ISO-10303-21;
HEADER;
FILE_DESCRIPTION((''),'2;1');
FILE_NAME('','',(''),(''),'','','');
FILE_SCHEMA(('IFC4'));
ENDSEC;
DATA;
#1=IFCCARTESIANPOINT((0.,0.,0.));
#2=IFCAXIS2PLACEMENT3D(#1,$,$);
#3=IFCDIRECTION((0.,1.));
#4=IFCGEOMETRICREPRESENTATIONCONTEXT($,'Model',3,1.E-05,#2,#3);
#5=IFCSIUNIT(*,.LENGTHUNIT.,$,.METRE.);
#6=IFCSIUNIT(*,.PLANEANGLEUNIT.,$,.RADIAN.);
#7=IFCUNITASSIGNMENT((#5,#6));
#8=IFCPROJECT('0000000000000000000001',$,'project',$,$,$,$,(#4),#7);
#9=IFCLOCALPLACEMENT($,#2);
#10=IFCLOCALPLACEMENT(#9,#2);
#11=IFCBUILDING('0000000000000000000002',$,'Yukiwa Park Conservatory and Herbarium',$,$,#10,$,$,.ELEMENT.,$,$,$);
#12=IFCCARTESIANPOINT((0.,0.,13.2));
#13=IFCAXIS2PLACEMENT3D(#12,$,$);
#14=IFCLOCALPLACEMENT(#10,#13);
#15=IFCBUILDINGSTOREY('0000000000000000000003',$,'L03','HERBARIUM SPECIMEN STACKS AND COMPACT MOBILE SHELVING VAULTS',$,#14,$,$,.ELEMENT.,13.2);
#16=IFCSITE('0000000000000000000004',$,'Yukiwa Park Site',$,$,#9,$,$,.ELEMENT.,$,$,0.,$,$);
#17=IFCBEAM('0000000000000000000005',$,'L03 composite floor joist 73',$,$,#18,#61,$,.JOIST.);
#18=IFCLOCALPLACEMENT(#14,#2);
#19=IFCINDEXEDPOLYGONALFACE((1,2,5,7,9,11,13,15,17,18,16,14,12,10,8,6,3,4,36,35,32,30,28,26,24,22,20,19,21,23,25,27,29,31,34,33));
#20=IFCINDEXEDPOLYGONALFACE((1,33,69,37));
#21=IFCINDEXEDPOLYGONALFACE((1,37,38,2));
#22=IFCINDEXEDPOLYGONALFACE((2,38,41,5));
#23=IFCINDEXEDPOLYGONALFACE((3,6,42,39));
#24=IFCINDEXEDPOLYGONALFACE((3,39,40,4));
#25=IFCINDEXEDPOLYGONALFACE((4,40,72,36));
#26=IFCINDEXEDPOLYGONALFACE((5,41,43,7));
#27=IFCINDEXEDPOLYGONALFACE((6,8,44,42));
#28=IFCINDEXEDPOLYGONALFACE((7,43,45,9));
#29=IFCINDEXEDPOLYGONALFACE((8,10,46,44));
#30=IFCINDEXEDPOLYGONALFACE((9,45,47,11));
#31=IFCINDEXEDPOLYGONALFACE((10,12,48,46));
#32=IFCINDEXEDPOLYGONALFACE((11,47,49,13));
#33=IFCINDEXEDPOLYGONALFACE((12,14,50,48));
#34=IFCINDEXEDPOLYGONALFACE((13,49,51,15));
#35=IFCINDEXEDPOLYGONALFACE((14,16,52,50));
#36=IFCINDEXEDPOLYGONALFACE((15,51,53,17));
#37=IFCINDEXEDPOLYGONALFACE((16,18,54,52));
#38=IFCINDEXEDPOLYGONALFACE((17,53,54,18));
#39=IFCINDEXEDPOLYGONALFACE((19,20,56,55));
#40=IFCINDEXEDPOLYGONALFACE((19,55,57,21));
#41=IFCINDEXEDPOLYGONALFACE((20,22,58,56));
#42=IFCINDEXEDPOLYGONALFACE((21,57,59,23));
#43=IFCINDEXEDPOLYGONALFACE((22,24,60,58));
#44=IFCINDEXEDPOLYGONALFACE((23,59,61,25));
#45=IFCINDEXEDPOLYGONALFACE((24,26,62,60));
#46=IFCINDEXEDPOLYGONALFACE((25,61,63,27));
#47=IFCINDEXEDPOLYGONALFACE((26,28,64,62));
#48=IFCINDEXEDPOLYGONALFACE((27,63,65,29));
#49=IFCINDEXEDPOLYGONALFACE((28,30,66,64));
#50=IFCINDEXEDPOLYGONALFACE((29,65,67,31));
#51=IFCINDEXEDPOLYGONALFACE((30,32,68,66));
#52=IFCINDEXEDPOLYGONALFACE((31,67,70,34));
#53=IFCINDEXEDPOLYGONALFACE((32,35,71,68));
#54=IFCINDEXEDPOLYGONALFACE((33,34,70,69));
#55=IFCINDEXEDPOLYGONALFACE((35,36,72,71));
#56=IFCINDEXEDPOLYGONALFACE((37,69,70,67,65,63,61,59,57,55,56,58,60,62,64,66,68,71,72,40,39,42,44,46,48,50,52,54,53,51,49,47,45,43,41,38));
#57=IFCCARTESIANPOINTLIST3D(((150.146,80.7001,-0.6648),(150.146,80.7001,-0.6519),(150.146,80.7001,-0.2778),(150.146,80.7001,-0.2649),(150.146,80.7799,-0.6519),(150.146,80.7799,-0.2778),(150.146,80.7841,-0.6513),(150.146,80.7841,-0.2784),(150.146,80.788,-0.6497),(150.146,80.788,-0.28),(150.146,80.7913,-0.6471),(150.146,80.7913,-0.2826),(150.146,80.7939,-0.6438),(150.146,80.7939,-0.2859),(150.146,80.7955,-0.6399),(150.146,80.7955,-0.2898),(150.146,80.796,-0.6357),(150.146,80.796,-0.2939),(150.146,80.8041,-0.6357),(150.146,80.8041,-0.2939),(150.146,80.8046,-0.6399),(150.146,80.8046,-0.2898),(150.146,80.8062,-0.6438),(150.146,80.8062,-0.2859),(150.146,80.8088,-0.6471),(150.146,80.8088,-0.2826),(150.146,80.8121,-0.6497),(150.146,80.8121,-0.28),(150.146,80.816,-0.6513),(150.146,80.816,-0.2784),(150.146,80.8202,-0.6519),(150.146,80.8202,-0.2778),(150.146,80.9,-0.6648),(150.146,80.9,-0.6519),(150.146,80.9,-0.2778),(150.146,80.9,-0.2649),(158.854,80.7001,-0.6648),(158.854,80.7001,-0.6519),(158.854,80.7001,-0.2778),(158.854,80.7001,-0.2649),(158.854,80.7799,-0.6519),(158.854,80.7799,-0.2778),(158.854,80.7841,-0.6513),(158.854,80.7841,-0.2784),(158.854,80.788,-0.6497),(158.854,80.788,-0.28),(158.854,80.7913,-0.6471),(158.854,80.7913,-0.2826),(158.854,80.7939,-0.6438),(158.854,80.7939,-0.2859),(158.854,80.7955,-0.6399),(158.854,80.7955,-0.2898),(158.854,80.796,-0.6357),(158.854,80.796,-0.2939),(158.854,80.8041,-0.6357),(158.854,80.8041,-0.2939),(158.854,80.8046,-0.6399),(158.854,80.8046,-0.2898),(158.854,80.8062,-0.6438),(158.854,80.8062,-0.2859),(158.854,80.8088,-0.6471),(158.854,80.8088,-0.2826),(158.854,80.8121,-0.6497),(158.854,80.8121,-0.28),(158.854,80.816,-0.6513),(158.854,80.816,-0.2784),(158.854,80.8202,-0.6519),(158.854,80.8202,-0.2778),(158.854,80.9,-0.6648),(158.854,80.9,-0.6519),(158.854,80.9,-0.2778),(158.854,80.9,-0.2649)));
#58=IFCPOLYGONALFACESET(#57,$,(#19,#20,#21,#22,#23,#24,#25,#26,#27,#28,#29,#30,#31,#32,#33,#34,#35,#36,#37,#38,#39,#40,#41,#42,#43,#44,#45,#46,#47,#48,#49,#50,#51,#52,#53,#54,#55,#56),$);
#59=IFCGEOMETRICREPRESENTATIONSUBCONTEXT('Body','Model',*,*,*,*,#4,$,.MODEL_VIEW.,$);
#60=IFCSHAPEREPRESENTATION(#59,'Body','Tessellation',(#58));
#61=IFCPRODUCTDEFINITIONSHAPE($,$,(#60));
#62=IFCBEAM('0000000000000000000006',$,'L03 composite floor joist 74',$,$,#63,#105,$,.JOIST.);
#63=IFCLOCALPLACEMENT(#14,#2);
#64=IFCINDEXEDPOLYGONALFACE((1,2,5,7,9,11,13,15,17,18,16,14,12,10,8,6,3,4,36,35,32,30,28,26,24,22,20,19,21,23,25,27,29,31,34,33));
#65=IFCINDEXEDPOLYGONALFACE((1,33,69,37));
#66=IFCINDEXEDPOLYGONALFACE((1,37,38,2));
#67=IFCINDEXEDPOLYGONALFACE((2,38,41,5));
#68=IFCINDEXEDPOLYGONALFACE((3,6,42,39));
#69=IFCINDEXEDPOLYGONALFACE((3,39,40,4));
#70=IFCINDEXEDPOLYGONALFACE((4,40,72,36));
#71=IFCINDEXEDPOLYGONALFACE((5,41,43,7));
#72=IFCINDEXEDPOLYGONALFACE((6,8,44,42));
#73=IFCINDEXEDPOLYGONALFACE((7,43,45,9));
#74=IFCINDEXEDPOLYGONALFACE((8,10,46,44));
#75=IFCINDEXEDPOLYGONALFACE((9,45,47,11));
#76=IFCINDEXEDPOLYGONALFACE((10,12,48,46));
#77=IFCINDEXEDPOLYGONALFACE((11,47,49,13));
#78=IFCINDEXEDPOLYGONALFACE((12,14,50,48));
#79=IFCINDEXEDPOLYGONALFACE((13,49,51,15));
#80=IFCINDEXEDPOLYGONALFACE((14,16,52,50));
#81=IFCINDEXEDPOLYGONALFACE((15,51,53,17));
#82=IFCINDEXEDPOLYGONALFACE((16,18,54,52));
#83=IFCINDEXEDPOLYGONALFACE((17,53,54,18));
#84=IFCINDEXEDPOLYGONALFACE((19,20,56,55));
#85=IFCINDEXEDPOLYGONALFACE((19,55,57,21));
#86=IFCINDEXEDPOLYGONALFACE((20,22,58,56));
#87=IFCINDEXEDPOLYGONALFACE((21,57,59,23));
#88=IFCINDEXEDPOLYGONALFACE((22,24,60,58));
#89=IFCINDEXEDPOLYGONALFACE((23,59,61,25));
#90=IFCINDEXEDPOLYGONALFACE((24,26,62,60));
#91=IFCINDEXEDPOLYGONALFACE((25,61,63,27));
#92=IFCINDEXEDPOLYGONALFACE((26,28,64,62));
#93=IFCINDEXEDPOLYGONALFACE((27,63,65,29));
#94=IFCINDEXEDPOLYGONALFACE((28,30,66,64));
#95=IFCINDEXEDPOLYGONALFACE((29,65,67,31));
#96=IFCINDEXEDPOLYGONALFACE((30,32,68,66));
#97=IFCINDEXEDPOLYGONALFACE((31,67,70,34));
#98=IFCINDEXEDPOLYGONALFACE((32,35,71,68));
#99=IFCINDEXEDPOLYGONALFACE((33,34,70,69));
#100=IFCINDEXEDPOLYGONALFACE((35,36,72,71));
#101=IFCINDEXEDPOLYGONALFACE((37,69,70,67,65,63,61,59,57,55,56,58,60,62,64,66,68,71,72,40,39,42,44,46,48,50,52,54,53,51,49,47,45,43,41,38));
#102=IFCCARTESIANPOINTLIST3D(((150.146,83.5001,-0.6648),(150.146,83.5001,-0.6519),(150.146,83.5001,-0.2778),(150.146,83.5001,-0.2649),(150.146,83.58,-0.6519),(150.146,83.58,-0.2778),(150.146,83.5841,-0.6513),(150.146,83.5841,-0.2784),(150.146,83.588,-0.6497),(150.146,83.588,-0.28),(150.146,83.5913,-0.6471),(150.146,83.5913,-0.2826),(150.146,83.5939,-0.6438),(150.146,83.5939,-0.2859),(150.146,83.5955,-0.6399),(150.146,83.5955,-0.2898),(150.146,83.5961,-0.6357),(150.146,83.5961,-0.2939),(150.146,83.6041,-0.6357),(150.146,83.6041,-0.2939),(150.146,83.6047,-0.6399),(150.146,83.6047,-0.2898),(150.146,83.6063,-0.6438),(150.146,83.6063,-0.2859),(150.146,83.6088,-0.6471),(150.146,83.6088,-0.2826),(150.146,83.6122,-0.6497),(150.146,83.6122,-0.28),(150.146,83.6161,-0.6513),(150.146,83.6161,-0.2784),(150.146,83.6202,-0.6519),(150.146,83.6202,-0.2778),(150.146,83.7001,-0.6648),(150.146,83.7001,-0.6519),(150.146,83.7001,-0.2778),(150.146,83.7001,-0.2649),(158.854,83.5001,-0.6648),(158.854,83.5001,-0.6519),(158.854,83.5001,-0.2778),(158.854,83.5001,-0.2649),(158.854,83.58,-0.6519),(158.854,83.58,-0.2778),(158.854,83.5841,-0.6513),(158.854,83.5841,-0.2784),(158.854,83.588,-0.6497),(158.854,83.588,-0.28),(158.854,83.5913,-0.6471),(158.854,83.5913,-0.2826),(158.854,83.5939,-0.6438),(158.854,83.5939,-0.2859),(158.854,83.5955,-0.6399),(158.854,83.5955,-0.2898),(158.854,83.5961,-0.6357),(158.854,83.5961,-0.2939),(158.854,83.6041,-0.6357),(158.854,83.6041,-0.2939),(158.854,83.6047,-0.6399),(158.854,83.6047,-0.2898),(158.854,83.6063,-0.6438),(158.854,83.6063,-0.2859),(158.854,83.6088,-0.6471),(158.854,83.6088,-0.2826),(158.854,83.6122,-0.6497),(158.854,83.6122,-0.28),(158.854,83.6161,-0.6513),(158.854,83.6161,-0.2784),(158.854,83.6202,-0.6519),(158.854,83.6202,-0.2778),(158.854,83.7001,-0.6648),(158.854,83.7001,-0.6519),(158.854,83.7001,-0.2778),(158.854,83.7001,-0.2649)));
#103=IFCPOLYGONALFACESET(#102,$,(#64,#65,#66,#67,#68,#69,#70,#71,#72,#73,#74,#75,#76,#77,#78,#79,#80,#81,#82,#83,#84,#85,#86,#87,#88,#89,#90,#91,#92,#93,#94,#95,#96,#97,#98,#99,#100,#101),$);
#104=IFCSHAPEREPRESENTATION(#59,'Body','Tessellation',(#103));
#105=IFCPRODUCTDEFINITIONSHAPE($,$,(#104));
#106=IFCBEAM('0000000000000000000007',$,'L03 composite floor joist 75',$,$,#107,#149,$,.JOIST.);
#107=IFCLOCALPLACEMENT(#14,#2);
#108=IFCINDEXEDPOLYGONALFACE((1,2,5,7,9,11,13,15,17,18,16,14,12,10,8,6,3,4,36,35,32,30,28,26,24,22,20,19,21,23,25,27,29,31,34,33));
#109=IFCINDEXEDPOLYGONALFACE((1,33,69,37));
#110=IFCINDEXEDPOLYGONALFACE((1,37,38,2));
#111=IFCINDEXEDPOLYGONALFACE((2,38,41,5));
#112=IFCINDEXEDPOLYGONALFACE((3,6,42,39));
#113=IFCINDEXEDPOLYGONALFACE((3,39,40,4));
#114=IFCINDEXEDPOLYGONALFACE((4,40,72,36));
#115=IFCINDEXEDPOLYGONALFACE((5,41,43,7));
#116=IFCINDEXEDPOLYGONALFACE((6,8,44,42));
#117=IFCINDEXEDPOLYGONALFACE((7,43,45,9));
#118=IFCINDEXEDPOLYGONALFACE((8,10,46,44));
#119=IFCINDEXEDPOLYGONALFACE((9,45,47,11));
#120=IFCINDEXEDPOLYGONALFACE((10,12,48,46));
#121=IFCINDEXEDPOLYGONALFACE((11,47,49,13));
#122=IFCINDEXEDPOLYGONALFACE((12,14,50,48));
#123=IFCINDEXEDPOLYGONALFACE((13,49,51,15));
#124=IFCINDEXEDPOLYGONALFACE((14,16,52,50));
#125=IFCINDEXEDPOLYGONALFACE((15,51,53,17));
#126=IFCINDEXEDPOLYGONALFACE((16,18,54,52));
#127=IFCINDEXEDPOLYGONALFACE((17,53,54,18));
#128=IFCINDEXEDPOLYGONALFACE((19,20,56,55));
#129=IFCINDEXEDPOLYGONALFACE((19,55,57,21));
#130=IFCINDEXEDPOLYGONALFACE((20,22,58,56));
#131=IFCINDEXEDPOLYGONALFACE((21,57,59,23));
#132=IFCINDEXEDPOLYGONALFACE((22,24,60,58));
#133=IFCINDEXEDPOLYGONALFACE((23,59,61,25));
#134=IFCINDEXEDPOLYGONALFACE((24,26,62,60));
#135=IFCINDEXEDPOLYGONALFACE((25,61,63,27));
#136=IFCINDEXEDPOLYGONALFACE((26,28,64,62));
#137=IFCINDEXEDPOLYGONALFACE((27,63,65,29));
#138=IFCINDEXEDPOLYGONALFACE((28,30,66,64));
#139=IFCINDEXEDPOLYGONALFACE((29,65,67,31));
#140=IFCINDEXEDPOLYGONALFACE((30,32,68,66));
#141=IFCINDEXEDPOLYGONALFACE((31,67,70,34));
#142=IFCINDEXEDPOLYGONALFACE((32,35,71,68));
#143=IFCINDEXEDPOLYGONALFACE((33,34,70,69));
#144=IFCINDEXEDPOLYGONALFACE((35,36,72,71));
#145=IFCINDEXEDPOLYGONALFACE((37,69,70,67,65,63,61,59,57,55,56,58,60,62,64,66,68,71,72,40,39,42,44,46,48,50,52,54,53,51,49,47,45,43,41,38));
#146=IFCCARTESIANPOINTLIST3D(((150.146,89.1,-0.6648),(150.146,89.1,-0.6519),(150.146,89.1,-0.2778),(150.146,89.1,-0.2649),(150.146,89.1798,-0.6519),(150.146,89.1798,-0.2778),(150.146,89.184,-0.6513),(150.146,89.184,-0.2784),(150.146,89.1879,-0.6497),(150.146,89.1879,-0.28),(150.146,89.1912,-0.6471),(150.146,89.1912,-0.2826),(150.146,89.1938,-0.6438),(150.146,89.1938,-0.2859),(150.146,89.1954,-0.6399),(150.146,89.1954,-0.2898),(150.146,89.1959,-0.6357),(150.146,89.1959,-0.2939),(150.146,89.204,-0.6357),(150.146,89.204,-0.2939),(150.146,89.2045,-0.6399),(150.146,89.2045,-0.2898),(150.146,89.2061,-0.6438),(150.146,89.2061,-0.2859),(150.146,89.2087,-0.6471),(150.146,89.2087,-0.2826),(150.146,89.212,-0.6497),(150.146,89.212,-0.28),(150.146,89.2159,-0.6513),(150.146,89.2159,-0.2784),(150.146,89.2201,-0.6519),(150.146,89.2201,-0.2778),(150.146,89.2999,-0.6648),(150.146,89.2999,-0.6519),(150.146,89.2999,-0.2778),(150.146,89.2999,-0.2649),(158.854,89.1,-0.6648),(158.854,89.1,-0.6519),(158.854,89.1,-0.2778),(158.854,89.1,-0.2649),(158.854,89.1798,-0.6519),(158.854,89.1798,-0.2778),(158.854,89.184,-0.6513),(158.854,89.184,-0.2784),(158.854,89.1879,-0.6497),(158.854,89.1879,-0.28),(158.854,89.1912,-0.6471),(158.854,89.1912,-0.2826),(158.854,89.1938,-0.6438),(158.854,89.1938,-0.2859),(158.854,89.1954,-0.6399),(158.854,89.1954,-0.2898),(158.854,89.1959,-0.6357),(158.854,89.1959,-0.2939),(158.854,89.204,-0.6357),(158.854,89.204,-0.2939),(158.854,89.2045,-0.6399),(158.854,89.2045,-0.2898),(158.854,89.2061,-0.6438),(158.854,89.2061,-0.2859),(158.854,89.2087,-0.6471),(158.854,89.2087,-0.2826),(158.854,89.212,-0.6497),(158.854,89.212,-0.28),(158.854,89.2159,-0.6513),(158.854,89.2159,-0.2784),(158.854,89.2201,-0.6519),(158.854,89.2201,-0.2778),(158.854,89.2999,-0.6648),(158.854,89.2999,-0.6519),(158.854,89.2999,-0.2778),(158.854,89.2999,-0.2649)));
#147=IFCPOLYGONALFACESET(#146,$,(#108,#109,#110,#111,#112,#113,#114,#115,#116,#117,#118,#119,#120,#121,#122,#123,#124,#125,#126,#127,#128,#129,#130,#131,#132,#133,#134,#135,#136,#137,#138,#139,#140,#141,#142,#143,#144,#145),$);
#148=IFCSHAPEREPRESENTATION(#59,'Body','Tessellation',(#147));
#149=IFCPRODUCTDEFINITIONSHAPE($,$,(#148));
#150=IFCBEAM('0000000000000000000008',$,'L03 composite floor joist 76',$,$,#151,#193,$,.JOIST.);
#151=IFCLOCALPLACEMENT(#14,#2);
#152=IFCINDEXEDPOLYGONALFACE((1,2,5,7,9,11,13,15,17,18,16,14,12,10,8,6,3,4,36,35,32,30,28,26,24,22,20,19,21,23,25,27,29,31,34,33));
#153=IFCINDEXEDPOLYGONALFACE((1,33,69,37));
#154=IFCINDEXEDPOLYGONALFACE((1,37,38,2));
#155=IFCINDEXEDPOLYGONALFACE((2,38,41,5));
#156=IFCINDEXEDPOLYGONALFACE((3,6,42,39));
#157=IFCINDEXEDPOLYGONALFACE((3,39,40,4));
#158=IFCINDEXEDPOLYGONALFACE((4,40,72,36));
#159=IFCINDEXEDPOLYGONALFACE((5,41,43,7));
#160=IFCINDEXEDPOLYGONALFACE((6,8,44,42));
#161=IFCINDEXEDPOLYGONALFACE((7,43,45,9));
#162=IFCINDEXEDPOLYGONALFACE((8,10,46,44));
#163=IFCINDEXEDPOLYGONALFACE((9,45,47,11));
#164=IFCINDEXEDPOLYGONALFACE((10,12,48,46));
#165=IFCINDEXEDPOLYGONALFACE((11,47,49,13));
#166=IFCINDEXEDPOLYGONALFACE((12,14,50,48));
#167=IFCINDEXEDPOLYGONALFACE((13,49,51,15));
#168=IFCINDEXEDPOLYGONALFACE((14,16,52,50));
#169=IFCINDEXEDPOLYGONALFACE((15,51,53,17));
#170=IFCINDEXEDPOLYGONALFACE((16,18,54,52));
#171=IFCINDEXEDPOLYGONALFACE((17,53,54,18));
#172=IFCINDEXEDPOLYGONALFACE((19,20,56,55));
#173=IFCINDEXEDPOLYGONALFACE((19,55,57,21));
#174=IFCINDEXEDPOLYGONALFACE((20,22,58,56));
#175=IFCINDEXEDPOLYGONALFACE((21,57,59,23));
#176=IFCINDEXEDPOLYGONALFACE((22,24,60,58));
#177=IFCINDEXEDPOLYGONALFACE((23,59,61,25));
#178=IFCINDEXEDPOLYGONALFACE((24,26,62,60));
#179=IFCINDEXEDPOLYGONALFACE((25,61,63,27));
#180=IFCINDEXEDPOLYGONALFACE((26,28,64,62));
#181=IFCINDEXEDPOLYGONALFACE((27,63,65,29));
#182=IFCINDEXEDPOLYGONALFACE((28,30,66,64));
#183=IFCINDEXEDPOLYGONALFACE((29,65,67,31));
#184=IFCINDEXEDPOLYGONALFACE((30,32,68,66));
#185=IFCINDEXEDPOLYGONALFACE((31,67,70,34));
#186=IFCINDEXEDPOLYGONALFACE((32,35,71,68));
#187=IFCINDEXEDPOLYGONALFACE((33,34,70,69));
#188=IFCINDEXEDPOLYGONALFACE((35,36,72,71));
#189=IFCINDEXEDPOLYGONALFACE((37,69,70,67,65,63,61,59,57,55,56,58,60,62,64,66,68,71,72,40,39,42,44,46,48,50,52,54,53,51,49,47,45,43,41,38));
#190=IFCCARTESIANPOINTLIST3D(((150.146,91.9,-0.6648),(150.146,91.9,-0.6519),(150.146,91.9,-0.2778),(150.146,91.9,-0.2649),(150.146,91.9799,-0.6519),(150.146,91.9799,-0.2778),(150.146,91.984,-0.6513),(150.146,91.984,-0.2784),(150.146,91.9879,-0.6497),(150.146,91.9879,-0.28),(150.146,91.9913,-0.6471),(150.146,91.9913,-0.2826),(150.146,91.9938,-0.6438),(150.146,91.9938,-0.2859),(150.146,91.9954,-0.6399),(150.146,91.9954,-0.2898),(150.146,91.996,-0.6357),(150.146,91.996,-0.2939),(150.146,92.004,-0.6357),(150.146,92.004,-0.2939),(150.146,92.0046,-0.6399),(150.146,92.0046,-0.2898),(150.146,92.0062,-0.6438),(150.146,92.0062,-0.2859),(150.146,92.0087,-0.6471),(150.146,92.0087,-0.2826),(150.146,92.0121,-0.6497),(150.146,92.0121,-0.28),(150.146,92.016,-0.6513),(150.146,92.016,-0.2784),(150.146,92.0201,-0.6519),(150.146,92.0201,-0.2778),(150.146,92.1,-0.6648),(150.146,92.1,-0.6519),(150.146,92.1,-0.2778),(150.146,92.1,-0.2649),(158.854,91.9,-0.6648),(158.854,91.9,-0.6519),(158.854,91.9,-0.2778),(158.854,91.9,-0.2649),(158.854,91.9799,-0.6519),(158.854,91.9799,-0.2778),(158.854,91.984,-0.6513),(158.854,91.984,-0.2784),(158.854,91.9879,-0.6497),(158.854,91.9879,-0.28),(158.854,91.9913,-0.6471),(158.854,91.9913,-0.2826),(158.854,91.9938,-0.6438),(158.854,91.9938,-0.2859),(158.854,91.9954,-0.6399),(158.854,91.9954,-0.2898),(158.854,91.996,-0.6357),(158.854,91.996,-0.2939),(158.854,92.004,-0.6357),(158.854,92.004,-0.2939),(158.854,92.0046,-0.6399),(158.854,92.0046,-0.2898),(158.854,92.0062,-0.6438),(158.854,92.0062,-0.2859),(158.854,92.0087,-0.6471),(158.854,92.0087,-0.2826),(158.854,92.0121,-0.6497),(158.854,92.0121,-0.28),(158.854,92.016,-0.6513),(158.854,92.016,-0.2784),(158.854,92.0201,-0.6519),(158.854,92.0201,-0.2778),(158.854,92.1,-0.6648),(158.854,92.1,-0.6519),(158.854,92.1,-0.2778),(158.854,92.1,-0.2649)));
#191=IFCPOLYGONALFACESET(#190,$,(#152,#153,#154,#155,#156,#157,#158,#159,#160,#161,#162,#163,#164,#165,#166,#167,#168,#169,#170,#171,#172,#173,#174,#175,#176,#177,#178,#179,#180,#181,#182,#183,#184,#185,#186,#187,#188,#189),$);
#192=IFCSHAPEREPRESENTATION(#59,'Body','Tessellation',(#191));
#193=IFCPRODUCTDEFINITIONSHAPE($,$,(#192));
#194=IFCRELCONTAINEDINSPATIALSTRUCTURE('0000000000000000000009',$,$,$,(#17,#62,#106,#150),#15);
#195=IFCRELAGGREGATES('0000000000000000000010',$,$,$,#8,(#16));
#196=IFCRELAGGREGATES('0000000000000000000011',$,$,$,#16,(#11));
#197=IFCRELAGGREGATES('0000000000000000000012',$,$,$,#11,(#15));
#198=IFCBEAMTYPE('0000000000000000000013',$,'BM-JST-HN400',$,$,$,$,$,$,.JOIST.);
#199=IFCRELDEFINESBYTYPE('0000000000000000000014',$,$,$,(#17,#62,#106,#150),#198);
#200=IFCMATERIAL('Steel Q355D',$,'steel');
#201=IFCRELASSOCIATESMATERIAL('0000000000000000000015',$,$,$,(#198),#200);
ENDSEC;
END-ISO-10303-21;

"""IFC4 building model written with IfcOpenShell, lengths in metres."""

from ifc_helpers import new_model, si_unit, direction, frame, origin, origin_2d, place, context, subcontext, project, spatial, i_section, extrude, material, material_profile, profile_set, type_object, element, save


model = new_model("IFC4")

# Units and contexts
model_context = context("Model", 3, precision=1e-05, world=origin(), true_north=direction((0.0, 1.0)))
body_context = subcontext(model_context, "Body", "Model", "MODEL_VIEW")
ifc_project = project(units=[si_unit("LENGTHUNIT", "METRE"), si_unit("PLANEANGLEUNIT", "RADIAN")], contexts=[model_context])

# Site, building, storey
site_placement = place(None, origin())
site = spatial("IfcSite", under=ifc_project, at=site_placement, Name="Yukiwa Park Site", CompositionType="ELEMENT", RefElevation=0.0)
building_placement = place(site_placement, origin())
building = spatial("IfcBuilding", under=site, at=building_placement, Name="Yukiwa Park Conservatory and Herbarium", CompositionType="ELEMENT")
storey_placement = place(building_placement, frame((0.0, 0.0, 13.2)))
storey = spatial("IfcBuildingStorey", under=building, at=storey_placement, Name="L03", Description="HERBARIUM SPECIMEN STACKS AND COMPACT MOBILE SHELVING VAULTS", CompositionType="ELEMENT", Elevation=13.2)

# Beams
ifc_material_1 = material(Name="Steel Q355D", Category="steel")
ifc_material_profile_1 = material_profile(ifc_material_1, i_section(OverallWidth=0.2, OverallDepth=0.3999, WebThickness=0.0081, FlangeThickness=0.0129, FilletRadius=0.0161, at=origin_2d()), Name="HN 400x200x8x13")
ifc_profile_set_1 = profile_set([ifc_material_profile_1], Name="Steel Q355D")
beam_type_1 = type_object("IfcBeamType", Name="BM-JST-HN400", PredefinedType="JOIST", material=ifc_profile_set_1)
for number, where, z_axis, x_axis, name in (
    (1, (150.146, 80.8, -0.4648), (1.0, 0.0, 0.0), (0.0, 1.0, 0.0), "L03 composite floor joist 73"),
    (2, (150.146, 83.6001, -0.4648), (1.0, 0.0, 0.0), (0.0, 1.0, 0.0), "L03 composite floor joist 74"),
    (3, (150.146, 89.2, -0.4648), (1.0, 0.0, 0.0), (0.0, 1.0, 0.0), "L03 composite floor joist 75"),
    (4, (150.146, 92.0, -0.4648), (1.0, 0.0, 0.0), (0.0, 1.0, 0.0), "L03 composite floor joist 76"),
):
    element("IfcBeam", number, at=place(storey_placement, frame(where, z_axis=z_axis, x_axis=x_axis)), inside=storey, type_object=beam_type_1, Name=name, PredefinedType="JOIST", context=body_context, shape_type="SweptSolid", body=[
        extrude(i_section(OverallWidth=0.2, OverallDepth=0.3999, WebThickness=0.0081, FlangeThickness=0.0129, FilletRadius=0.0161, at=origin_2d()), origin(), (0.0, 0.0, 1.0), 8.708),
    ])

save(model, "model.ifc")
